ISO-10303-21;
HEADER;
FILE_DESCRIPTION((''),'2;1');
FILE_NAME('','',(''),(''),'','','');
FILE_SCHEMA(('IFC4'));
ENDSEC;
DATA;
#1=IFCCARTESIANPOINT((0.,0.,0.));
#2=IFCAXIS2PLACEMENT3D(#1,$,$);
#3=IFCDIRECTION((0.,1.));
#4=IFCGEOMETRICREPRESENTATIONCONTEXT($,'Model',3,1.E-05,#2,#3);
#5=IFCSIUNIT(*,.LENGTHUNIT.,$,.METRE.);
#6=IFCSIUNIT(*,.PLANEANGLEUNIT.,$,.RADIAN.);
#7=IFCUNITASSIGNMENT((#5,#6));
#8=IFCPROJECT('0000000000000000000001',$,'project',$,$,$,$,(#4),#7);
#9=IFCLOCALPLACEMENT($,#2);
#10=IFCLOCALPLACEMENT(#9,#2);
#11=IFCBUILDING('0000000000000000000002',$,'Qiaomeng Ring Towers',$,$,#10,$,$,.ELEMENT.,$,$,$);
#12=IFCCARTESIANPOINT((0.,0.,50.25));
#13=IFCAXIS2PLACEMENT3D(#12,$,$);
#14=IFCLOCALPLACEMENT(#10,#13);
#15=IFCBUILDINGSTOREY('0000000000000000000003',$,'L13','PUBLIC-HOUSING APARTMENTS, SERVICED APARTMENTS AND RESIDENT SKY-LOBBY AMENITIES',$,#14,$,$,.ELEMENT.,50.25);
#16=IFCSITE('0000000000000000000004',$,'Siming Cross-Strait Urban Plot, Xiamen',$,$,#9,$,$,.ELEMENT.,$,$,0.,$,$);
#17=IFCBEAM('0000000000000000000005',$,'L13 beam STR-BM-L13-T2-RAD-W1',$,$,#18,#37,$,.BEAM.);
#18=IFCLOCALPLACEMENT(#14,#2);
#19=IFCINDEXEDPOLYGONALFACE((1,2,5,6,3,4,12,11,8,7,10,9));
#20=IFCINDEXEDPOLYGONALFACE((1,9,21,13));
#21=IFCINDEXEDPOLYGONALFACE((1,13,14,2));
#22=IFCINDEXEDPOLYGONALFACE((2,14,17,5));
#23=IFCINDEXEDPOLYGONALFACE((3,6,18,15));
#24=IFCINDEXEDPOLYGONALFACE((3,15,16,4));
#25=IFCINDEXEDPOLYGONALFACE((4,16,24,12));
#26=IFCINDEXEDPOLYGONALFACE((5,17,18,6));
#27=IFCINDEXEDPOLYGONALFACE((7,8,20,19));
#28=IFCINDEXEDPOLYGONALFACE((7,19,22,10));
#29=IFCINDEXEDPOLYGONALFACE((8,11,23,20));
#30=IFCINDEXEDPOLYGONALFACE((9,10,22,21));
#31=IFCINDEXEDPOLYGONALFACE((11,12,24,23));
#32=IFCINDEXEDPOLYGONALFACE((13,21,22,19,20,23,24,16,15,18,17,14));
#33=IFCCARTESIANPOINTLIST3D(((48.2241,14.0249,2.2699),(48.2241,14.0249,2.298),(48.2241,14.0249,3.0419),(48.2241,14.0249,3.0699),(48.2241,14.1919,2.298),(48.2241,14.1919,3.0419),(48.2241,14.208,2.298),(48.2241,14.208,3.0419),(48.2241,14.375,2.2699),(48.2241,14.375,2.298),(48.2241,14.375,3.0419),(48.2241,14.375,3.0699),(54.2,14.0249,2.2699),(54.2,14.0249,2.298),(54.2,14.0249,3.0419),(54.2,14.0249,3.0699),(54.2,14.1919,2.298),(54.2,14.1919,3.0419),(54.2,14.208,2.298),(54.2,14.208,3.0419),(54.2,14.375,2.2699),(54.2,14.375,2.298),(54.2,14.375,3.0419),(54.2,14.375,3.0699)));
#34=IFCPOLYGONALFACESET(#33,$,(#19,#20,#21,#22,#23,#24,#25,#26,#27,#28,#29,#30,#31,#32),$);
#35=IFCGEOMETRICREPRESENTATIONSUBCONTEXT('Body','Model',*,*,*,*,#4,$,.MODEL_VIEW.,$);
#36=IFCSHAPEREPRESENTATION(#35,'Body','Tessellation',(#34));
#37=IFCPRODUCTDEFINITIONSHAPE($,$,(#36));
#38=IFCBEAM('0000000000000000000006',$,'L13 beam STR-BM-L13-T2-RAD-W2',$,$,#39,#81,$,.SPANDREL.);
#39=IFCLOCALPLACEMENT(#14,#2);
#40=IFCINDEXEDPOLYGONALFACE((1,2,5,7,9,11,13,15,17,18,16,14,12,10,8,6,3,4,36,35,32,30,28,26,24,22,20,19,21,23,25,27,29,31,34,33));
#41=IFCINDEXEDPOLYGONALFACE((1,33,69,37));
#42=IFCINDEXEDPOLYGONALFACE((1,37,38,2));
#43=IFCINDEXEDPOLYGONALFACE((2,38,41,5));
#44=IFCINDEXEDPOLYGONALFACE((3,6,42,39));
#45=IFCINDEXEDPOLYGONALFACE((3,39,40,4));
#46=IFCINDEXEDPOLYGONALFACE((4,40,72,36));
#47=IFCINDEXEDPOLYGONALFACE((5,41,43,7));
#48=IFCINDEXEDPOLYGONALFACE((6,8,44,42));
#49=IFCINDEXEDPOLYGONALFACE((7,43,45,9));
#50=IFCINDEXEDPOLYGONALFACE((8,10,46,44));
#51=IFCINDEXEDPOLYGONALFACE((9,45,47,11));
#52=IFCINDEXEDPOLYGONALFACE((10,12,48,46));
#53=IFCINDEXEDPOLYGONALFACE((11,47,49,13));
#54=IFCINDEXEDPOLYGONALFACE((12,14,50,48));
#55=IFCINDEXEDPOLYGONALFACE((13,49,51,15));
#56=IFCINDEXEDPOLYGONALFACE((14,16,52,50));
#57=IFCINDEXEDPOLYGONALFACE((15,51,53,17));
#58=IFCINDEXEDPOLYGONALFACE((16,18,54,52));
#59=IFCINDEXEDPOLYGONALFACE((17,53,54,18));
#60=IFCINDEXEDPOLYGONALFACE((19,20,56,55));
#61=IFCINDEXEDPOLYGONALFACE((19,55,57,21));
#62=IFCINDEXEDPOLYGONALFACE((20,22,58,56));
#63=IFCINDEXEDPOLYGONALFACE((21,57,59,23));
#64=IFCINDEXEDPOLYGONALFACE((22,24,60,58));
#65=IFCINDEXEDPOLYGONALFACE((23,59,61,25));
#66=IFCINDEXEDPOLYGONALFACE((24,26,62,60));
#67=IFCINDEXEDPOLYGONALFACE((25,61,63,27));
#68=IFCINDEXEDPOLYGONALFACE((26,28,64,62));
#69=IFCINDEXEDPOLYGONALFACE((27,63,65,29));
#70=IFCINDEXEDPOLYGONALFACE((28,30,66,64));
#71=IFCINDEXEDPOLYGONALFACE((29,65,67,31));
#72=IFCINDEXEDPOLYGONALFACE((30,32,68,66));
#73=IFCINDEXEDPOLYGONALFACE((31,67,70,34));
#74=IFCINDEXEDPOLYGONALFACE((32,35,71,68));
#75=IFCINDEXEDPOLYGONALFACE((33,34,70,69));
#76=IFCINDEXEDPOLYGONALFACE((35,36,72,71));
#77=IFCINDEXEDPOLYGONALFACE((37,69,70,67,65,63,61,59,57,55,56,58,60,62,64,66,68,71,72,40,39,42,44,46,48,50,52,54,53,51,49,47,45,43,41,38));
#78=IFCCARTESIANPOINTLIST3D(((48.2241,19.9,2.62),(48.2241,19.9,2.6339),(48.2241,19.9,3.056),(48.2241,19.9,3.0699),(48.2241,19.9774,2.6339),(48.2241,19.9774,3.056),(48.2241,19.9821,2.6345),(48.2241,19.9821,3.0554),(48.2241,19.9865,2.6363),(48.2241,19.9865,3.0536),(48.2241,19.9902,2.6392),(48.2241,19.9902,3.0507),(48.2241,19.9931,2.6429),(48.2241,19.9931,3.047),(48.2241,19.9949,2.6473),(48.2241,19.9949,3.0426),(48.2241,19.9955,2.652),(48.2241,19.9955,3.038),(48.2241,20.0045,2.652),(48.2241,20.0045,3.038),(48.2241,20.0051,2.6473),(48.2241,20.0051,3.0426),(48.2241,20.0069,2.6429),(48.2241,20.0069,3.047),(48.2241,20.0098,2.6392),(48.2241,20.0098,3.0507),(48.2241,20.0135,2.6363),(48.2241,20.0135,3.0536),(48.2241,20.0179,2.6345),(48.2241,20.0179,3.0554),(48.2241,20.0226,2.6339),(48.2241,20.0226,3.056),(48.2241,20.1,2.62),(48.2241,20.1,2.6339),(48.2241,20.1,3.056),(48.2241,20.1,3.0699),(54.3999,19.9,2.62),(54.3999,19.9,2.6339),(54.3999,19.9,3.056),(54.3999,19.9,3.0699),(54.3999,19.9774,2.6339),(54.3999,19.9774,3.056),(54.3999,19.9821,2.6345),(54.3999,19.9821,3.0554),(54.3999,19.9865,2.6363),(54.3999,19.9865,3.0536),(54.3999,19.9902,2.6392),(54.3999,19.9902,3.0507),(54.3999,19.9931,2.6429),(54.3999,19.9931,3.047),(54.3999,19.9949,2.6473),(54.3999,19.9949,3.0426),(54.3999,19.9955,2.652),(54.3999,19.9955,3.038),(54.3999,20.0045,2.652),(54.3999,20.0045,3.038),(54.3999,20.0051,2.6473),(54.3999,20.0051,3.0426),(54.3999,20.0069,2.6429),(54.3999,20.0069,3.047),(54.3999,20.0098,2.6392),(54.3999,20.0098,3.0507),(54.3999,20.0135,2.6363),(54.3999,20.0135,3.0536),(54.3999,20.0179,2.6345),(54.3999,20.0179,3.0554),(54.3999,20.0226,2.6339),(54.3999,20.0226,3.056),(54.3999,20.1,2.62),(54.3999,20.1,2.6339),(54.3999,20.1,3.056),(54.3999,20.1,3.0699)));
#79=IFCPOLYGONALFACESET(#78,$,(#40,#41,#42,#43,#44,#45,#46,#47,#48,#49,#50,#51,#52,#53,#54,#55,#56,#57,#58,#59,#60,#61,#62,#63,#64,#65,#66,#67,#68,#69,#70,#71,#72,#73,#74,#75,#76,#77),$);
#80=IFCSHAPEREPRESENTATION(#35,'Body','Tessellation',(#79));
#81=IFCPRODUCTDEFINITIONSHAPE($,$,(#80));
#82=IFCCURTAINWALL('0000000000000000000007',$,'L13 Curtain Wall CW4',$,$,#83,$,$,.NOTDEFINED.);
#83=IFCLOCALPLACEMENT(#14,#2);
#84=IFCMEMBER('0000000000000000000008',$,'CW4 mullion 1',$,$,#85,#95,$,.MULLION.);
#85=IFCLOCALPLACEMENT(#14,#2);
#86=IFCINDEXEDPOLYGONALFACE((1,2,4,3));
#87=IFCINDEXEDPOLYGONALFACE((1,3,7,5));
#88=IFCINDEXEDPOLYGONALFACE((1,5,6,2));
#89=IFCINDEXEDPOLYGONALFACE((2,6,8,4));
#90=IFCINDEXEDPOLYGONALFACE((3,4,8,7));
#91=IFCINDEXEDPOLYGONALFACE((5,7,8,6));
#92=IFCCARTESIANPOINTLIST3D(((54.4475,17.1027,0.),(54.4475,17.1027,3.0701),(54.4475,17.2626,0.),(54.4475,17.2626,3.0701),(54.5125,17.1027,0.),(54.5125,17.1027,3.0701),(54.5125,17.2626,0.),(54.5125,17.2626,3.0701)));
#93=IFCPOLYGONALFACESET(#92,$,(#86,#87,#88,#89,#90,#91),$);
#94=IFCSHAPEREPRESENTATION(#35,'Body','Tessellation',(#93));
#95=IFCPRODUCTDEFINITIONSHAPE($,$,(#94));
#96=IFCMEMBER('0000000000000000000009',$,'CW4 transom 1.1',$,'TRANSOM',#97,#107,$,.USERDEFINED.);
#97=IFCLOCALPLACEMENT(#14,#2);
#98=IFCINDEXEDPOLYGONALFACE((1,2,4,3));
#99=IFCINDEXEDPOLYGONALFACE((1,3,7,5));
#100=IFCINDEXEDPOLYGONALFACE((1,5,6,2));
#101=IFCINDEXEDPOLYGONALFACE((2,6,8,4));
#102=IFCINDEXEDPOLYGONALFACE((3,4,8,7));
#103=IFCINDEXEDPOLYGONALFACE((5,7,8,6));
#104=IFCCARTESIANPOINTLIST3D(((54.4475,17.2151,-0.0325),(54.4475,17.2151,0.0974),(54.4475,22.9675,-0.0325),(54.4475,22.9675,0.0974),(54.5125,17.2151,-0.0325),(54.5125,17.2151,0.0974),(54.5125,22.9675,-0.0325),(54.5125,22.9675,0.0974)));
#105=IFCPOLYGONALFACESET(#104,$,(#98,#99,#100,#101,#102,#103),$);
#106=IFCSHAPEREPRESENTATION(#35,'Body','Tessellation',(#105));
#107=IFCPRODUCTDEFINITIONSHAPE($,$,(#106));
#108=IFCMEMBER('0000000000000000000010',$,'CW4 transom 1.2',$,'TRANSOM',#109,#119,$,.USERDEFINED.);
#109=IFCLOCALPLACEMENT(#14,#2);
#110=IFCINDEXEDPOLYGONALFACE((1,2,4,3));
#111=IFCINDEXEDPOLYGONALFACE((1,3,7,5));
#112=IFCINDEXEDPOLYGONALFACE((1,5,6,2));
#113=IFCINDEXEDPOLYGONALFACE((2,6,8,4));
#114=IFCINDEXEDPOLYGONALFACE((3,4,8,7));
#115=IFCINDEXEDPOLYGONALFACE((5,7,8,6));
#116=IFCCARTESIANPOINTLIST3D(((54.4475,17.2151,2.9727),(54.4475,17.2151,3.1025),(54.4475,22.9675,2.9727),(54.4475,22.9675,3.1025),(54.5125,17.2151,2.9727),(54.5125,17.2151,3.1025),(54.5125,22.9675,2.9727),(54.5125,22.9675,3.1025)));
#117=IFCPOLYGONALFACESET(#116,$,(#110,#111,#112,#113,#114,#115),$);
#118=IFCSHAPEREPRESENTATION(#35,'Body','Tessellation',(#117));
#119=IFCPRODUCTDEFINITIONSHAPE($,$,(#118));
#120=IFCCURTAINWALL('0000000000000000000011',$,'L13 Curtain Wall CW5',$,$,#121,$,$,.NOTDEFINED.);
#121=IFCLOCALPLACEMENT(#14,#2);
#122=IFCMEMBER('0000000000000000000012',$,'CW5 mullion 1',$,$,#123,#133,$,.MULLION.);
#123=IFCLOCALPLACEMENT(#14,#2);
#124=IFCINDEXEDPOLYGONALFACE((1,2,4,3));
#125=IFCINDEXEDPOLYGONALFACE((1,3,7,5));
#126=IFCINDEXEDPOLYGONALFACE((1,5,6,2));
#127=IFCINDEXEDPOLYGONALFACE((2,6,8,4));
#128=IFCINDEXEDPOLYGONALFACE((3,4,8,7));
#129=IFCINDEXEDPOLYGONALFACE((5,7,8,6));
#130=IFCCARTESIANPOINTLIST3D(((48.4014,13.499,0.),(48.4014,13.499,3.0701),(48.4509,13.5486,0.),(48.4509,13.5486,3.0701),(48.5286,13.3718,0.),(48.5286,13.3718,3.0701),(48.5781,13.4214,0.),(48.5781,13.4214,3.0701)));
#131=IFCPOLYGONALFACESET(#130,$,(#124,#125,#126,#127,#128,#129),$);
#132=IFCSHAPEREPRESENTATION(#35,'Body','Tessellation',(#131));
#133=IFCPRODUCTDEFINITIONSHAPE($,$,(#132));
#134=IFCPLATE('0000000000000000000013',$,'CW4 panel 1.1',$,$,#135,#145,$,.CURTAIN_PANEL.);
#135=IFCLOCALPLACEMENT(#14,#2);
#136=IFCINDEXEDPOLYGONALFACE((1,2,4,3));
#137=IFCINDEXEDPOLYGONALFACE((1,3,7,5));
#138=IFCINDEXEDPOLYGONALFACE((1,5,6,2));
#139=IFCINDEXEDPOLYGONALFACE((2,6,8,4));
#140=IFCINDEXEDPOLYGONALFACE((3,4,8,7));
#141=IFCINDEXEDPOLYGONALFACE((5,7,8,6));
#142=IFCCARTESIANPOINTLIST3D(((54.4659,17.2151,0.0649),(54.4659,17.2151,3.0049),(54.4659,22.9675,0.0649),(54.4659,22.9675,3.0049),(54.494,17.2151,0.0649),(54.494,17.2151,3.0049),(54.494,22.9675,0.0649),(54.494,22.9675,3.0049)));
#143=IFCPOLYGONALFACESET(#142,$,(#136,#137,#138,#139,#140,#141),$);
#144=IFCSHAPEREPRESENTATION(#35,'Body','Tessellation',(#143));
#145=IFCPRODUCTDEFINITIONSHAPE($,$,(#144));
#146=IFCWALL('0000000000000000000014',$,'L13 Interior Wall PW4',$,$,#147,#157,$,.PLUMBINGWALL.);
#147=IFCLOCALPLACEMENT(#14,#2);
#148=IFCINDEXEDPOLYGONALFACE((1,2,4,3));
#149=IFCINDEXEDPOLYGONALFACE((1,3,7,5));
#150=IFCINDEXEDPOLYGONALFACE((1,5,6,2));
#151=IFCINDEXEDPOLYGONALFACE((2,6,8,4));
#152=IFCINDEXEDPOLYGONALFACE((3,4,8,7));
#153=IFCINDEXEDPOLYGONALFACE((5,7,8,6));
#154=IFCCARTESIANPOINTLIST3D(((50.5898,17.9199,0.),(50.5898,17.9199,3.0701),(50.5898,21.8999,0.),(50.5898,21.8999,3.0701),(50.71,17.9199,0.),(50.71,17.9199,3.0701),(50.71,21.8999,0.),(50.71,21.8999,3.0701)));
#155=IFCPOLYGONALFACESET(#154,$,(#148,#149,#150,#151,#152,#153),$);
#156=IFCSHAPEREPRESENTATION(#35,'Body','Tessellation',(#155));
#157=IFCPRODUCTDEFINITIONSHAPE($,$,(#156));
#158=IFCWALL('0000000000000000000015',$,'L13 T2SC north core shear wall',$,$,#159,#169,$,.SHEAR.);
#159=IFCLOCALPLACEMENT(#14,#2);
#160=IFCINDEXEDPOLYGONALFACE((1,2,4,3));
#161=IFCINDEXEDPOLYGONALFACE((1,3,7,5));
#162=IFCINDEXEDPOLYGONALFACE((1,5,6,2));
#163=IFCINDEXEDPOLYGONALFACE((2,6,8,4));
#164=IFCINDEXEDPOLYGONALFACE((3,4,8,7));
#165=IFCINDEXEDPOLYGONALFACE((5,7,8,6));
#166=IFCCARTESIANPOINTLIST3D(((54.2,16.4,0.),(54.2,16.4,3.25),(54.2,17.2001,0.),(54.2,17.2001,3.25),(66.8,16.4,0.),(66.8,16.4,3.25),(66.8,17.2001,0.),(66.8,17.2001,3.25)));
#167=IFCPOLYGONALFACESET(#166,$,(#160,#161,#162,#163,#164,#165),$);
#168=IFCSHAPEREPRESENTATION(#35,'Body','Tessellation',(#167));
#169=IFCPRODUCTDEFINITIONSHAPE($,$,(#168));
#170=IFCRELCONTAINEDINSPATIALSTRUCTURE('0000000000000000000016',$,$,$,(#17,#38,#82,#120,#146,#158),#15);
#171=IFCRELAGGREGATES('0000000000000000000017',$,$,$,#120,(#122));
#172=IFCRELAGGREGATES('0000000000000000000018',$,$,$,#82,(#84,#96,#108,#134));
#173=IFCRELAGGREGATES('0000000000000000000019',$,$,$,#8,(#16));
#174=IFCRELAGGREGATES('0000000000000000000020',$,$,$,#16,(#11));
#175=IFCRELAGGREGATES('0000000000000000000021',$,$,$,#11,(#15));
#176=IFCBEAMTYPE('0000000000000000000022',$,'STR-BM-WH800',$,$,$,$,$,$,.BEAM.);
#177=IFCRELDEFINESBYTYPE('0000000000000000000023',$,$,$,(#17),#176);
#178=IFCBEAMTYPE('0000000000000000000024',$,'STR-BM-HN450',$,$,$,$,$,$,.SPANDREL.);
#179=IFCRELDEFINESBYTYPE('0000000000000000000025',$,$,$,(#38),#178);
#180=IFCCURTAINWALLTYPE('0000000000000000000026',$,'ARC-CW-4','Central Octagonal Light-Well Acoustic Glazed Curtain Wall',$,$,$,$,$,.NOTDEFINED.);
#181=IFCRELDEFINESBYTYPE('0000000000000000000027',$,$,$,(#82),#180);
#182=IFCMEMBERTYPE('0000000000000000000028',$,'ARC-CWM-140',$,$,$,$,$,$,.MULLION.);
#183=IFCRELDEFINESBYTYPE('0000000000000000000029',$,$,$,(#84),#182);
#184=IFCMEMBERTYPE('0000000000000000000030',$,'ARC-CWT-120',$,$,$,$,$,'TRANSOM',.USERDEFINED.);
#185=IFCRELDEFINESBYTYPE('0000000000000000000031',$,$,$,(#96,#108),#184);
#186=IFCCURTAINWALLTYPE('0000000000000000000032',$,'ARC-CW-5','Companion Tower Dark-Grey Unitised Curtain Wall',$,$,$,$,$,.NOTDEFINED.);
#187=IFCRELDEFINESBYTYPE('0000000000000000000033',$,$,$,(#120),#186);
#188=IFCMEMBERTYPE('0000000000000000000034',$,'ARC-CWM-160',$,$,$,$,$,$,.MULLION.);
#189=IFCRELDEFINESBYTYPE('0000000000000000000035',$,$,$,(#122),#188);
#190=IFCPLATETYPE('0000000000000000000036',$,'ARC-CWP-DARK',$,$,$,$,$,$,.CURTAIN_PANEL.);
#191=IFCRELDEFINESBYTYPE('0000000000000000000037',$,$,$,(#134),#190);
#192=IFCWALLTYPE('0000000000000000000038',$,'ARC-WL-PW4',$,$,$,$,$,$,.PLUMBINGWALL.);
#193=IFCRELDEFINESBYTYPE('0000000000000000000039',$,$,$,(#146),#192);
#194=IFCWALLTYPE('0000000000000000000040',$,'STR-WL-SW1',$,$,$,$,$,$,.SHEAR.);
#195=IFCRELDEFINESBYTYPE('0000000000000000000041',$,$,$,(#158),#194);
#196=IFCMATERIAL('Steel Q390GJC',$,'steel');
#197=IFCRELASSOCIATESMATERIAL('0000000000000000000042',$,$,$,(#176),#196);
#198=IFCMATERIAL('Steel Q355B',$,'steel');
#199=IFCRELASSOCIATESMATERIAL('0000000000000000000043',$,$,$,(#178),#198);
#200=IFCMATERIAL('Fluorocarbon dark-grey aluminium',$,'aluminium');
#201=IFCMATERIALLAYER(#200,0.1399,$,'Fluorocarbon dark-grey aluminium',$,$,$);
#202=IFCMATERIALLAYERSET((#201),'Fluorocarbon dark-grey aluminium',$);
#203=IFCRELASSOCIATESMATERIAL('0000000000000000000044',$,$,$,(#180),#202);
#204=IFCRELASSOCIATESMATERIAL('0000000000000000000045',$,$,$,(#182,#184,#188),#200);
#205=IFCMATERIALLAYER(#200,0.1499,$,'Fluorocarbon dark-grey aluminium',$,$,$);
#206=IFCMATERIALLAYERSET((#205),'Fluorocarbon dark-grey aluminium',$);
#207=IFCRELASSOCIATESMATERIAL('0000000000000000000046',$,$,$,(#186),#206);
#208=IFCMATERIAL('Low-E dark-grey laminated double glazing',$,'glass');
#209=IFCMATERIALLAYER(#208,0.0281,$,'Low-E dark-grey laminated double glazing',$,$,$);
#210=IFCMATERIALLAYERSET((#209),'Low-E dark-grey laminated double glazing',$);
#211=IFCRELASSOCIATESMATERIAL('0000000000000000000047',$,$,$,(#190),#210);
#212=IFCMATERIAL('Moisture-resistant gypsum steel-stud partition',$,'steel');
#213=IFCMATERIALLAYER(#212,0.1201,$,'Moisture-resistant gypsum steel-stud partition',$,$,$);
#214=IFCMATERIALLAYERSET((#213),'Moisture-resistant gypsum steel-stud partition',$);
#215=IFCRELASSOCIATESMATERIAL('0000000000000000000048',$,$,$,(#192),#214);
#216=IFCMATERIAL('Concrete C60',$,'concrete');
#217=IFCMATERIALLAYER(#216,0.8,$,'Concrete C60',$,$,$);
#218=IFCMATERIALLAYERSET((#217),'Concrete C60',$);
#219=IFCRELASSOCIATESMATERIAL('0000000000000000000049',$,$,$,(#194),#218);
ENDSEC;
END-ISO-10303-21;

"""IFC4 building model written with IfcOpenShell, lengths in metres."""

from ifc_helpers import new_model, si_unit, direction, frame, frame_2d, origin, origin_2d, place, context, subcontext, project, spatial, rectangle, i_section, extrude, source, transform, mapped, material, layer, layer_set, material_profile, profile_set, type_object, element, aggregate, save


model = new_model("IFC4")

# Units and contexts
model_context = context("Model", 3, precision=1e-05, world=origin(), true_north=direction((0.0, 1.0)))
body_context = subcontext(model_context, "Body", "Model", "MODEL_VIEW")
ifc_project = project(units=[si_unit("LENGTHUNIT", "METRE"), si_unit("PLANEANGLEUNIT", "RADIAN")], contexts=[model_context])

# Site, building, storey
site_placement = place(None, origin())
site = spatial("IfcSite", under=ifc_project, at=site_placement, Name="Siming Cross-Strait Urban Plot, Xiamen", CompositionType="ELEMENT", RefElevation=0.0)
building_placement = place(site_placement, origin())
building = spatial("IfcBuilding", under=site, at=building_placement, Name="Qiaomeng Ring Towers", CompositionType="ELEMENT")
storey_placement = place(building_placement, frame((0.0, 0.0, 50.25)))
storey = spatial("IfcBuildingStorey", under=building, at=storey_placement, Name="L13", Description="PUBLIC-HOUSING APARTMENTS, SERVICED APARTMENTS AND RESIDENT SKY-LOBBY AMENITIES", CompositionType="ELEMENT", Elevation=50.25)

# Shared definitions
ifc_material_1 = material(Name="Concrete C60", Category="concrete")

# Beams
ifc_material_2 = material(Name="Steel Q355B", Category="steel")
ifc_material_3 = material(Name="Steel Q390GJC", Category="steel")
ifc_material_profile_1 = material_profile(ifc_material_3, i_section(OverallWidth=0.3501, OverallDepth=0.8, WebThickness=0.0161, FlangeThickness=0.0281, at=origin_2d()), Name="WH 800x350x16x28")
ifc_profile_set_1 = profile_set([ifc_material_profile_1], Name="Steel Q390GJC")
beam_type_1 = type_object("IfcBeamType", Name="STR-BM-WH800", PredefinedType="BEAM", material=ifc_profile_set_1)
shared_shape_1 = source(origin(), body_context, "Body", "SweptSolid", [
    extrude(i_section(OverallWidth=0.3501, OverallDepth=0.8, WebThickness=0.0161, FlangeThickness=0.0281, at=origin_2d()), origin(), (0.0, 0.0, 1.0), 5.9758),
])
beam_1_placement = place(storey_placement, frame((48.2241, 14.2, 2.6699), z_axis=(1.0, 0.0, 0.0), x_axis=(0.0, 1.0, 0.0)))
element("IfcBeam", 1, at=beam_1_placement, inside=storey, type_object=beam_type_1, Name="L13 beam STR-BM-L13-T2-RAD-W1", PredefinedType="BEAM", context=body_context, shape_type="MappedRepresentation", body=[
    mapped(shared_shape_1, transform((0.0, 0.0, 0.0), x_axis=(1.0, 0.0, 0.0), y_axis=(0.0, 1.0, 0.0), z_axis=(0.0, 0.0, 1.0), scale=1.0)),
])
ifc_material_profile_2 = material_profile(ifc_material_2, i_section(OverallWidth=0.2, OverallDepth=0.45, WebThickness=0.009, FlangeThickness=0.0139, FilletRadius=0.0181, at=origin_2d()), Name="HN 450x200x9x14")
ifc_profile_set_2 = profile_set([ifc_material_profile_2], Name="Steel Q355B")
beam_type_2 = type_object("IfcBeamType", Name="STR-BM-HN450", PredefinedType="SPANDREL", material=ifc_profile_set_2)
shared_shape_2 = source(origin(), body_context, "Body", "SweptSolid", [
    extrude(i_section(OverallWidth=0.2, OverallDepth=0.45, WebThickness=0.009, FlangeThickness=0.0139, FilletRadius=0.0181, at=origin_2d()), origin(), (0.0, 0.0, 1.0), 6.1758),
])
beam_2_placement = place(storey_placement, frame((48.2241, 20.0, 2.845), z_axis=(1.0, 0.0, 0.0), x_axis=(0.0, 1.0, 0.0)))
element("IfcBeam", 2, at=beam_2_placement, inside=storey, type_object=beam_type_2, Name="L13 beam STR-BM-L13-T2-RAD-W2", PredefinedType="SPANDREL", context=body_context, shape_type="MappedRepresentation", body=[
    mapped(shared_shape_2, transform((0.0, 0.0, 0.0), x_axis=(1.0, 0.0, 0.0), y_axis=(0.0, 1.0, 0.0), z_axis=(0.0, 0.0, 1.0), scale=1.0)),
])

# Curtain wall, members
ifc_material_4 = material(Name="Fluorocarbon dark-grey aluminium", Category="aluminium")
ifc_layer_1 = layer(ifc_material_4, 0.1399, Name="Fluorocarbon dark-grey aluminium")
ifc_layer_set_1 = layer_set([ifc_layer_1], Name="Fluorocarbon dark-grey aluminium")
curtain_wall_type_1 = type_object("IfcCurtainWallType", Name="ARC-CW-4", Description="Central Octagonal Light-Well Acoustic Glazed Curtain Wall", PredefinedType="NOTDEFINED", material=ifc_layer_set_1)
curtain_wall_1_placement = place(storey_placement, origin())
curtain_wall_1 = element("IfcCurtainWall", 3, at=curtain_wall_1_placement, inside=storey, type_object=curtain_wall_type_1, Name="L13 Curtain Wall CW4", PredefinedType="NOTDEFINED")
ifc_material_profile_3 = material_profile(ifc_material_4, rectangle(XDim=0.0649, YDim=0.1599, at=origin_2d()), Name="ALU MULL 65x160")
ifc_profile_set_3 = profile_set([ifc_material_profile_3], Name="Fluorocarbon dark-grey aluminium")
member_type_1 = type_object("IfcMemberType", Name="ARC-CWM-140", PredefinedType="MULLION", material=ifc_profile_set_3)
shared_shape_3 = source(origin(), body_context, "Body", "SweptSolid", [
    extrude(rectangle(XDim=0.0649, YDim=0.1599, at=origin_2d()), origin(), (0.0, 0.0, 1.0), 3.0701),
])
member_1_placement = place(storey_placement, frame((54.48, 17.1826, 0.0), z_axis=(0.0, 0.0, 1.0), x_axis=(-1.0, 0.0, 0.0)))
member_1 = element("IfcMember", 4, at=member_1_placement, type_object=member_type_1, Name="CW4 mullion 1", PredefinedType="MULLION", context=body_context, shape_type="MappedRepresentation", body=[
    mapped(shared_shape_3, transform((0.0, 0.0, 0.0), x_axis=(1.0, 0.0, 0.0), y_axis=(0.0, 1.0, 0.0), z_axis=(0.0, 0.0, 1.0), scale=1.0)),
])
ifc_material_profile_4 = material_profile(ifc_material_4, rectangle(XDim=0.0649, YDim=0.1299, at=origin_2d()), Name="ALU TRAN 65x130")
ifc_profile_set_4 = profile_set([ifc_material_profile_4], Name="Fluorocarbon dark-grey aluminium")
member_type_2 = type_object("IfcMemberType", Name="ARC-CWT-120", ElementType="TRANSOM", PredefinedType="USERDEFINED", material=ifc_profile_set_4)
shared_shape_4 = source(origin(), body_context, "Body", "SweptSolid", [
    extrude(rectangle(XDim=0.0649, YDim=0.1299, at=origin_2d()), origin(), (0.0, 0.0, 1.0), 5.7524),
])
member_2_placement = place(storey_placement, frame((54.48, 17.2151, 0.0325), z_axis=(0.0, 1.0, 0.0), x_axis=(-1.0, 0.0, 0.0)))
member_2 = element("IfcMember", 5, at=member_2_placement, type_object=member_type_2, Name="CW4 transom 1.1", ObjectType="TRANSOM", PredefinedType="USERDEFINED", context=body_context, shape_type="MappedRepresentation", body=[
    mapped(shared_shape_4, transform((0.0, 0.0, 0.0), x_axis=(1.0, 0.0, 0.0), y_axis=(0.0, 1.0, 0.0), z_axis=(0.0, 0.0, 1.0), scale=1.0)),
])
member_3_placement = place(storey_placement, frame((54.48, 17.2151, 3.0376), z_axis=(0.0, 1.0, 0.0), x_axis=(-1.0, 0.0, 0.0)))
member_3 = element("IfcMember", 6, at=member_3_placement, type_object=member_type_2, Name="CW4 transom 1.2", ObjectType="TRANSOM", PredefinedType="USERDEFINED", context=body_context, shape_type="MappedRepresentation", body=[
    mapped(shared_shape_4, transform((0.0, 0.0, 0.0), x_axis=(1.0, 0.0, 0.0), y_axis=(0.0, 1.0, 0.0), z_axis=(0.0, 0.0, 1.0), scale=1.0)),
])

# Curtain wall, member
ifc_layer_2 = layer(ifc_material_4, 0.1499, Name="Fluorocarbon dark-grey aluminium")
ifc_layer_set_2 = layer_set([ifc_layer_2], Name="Fluorocarbon dark-grey aluminium")
curtain_wall_type_2 = type_object("IfcCurtainWallType", Name="ARC-CW-5", Description="Companion Tower Dark-Grey Unitised Curtain Wall", PredefinedType="NOTDEFINED", material=ifc_layer_set_2)
curtain_wall_2_placement = place(storey_placement, origin())
curtain_wall_2 = element("IfcCurtainWall", 7, at=curtain_wall_2_placement, inside=storey, type_object=curtain_wall_type_2, Name="L13 Curtain Wall CW5", PredefinedType="NOTDEFINED")
ifc_material_profile_5 = material_profile(ifc_material_4, rectangle(XDim=0.0701, YDim=0.1799, at=origin_2d()), Name="ALU MULL 70x180")
ifc_profile_set_5 = profile_set([ifc_material_profile_5], Name="Fluorocarbon dark-grey aluminium")
member_type_3 = type_object("IfcMemberType", Name="ARC-CWM-160", PredefinedType="MULLION", material=ifc_profile_set_5)
shared_shape_5 = source(origin(), body_context, "Body", "SweptSolid", [
    extrude(rectangle(XDim=0.0701, YDim=0.1799, at=origin_2d()), origin(), (0.0, 0.0, 1.0), 3.0701),
])
member_4_placement = place(storey_placement, frame((48.4897, 13.4602, 0.0), z_axis=(0.0, 0.0, 1.0), x_axis=(0.707107, 0.707107, 0.0)))
member_4 = element("IfcMember", 8, at=member_4_placement, type_object=member_type_3, Name="CW5 mullion 1", PredefinedType="MULLION", context=body_context, shape_type="MappedRepresentation", body=[
    mapped(shared_shape_5, transform((0.0, 0.0, 0.0), x_axis=(1.0, 0.0, 0.0), y_axis=(0.0, 1.0, 0.0), z_axis=(0.0, 0.0, 1.0), scale=1.0)),
])
aggregate(curtain_wall_2, [member_4])

# Plate
ifc_material_5 = material(Name="Low-E dark-grey laminated double glazing", Category="glass")
ifc_layer_3 = layer(ifc_material_5, 0.0281, Name="Low-E dark-grey laminated double glazing")
ifc_layer_set_3 = layer_set([ifc_layer_3], Name="Low-E dark-grey laminated double glazing")
plate_type = type_object("IfcPlateType", Name="ARC-CWP-DARK", PredefinedType="CURTAIN_PANEL", material=ifc_layer_set_3)
shared_shape_6 = source(origin(), body_context, "Body", "SweptSolid", [
    extrude(rectangle(XDim=5.7524, YDim=0.0281, at=origin_2d()), origin(), (0.0, 0.0, 1.0), 2.9399),
])
plate_placement = place(storey_placement, frame((54.48, 20.0913, 0.0649), z_axis=(0.0, 0.0, 1.0), x_axis=(0.0, 1.0, 0.0)))
plate = element("IfcPlate", 9, at=plate_placement, type_object=plate_type, Name="CW4 panel 1.1", PredefinedType="CURTAIN_PANEL", context=body_context, shape_type="MappedRepresentation", body=[
    mapped(shared_shape_6, transform((0.0, 0.0, 0.0), x_axis=(1.0, 0.0, 0.0), y_axis=(0.0, 1.0, 0.0), z_axis=(0.0, 0.0, 1.0), scale=1.0)),
])
aggregate(curtain_wall_1, [member_1, member_2, member_3, plate])

# Walls
ifc_material_6 = material(Name="Moisture-resistant gypsum steel-stud partition", Category="steel")
ifc_layer_4 = layer(ifc_material_6, 0.1201, Name="Moisture-resistant gypsum steel-stud partition")
ifc_layer_set_4 = layer_set([ifc_layer_4], Name="Moisture-resistant gypsum steel-stud partition")
wall_type_1 = type_object("IfcWallType", Name="ARC-WL-PW4", PredefinedType="PLUMBINGWALL", material=ifc_layer_set_4)
wall_1_placement = place(storey_placement, frame((50.6499, 17.9199, 0.0), z_axis=(0.0, 0.0, 1.0), x_axis=(0.0, 1.0, 0.0)))
element("IfcWall", 10, at=wall_1_placement, inside=storey, type_object=wall_type_1, Name="L13 Interior Wall PW4", PredefinedType="PLUMBINGWALL", context=body_context, shape_type="SweptSolid", body=[
    extrude(rectangle(XDim=3.98, YDim=0.1201, at=frame_2d((1.99, 0.0))), origin(), (0.0, 0.0, 1.0), 3.0701),
])
ifc_layer_5 = layer(ifc_material_1, 0.8, Name="Concrete C60")
ifc_layer_set_5 = layer_set([ifc_layer_5], Name="Concrete C60")
wall_type_2 = type_object("IfcWallType", Name="STR-WL-SW1", PredefinedType="SHEAR", material=ifc_layer_set_5)
wall_2_placement = place(storey_placement, frame((54.2, 16.8, 0.0), z_axis=(0.0, 0.0, 1.0), x_axis=(1.0, 0.0, 0.0)))
element("IfcWall", 11, at=wall_2_placement, inside=storey, type_object=wall_type_2, Name="L13 T2SC north core shear wall", PredefinedType="SHEAR", context=body_context, shape_type="SweptSolid", body=[
    extrude(rectangle(XDim=12.6001, YDim=0.8, at=frame_2d((6.3, 0.0))), origin(), (0.0, 0.0, 1.0), 3.25),
])

save(model, "model.ifc")
